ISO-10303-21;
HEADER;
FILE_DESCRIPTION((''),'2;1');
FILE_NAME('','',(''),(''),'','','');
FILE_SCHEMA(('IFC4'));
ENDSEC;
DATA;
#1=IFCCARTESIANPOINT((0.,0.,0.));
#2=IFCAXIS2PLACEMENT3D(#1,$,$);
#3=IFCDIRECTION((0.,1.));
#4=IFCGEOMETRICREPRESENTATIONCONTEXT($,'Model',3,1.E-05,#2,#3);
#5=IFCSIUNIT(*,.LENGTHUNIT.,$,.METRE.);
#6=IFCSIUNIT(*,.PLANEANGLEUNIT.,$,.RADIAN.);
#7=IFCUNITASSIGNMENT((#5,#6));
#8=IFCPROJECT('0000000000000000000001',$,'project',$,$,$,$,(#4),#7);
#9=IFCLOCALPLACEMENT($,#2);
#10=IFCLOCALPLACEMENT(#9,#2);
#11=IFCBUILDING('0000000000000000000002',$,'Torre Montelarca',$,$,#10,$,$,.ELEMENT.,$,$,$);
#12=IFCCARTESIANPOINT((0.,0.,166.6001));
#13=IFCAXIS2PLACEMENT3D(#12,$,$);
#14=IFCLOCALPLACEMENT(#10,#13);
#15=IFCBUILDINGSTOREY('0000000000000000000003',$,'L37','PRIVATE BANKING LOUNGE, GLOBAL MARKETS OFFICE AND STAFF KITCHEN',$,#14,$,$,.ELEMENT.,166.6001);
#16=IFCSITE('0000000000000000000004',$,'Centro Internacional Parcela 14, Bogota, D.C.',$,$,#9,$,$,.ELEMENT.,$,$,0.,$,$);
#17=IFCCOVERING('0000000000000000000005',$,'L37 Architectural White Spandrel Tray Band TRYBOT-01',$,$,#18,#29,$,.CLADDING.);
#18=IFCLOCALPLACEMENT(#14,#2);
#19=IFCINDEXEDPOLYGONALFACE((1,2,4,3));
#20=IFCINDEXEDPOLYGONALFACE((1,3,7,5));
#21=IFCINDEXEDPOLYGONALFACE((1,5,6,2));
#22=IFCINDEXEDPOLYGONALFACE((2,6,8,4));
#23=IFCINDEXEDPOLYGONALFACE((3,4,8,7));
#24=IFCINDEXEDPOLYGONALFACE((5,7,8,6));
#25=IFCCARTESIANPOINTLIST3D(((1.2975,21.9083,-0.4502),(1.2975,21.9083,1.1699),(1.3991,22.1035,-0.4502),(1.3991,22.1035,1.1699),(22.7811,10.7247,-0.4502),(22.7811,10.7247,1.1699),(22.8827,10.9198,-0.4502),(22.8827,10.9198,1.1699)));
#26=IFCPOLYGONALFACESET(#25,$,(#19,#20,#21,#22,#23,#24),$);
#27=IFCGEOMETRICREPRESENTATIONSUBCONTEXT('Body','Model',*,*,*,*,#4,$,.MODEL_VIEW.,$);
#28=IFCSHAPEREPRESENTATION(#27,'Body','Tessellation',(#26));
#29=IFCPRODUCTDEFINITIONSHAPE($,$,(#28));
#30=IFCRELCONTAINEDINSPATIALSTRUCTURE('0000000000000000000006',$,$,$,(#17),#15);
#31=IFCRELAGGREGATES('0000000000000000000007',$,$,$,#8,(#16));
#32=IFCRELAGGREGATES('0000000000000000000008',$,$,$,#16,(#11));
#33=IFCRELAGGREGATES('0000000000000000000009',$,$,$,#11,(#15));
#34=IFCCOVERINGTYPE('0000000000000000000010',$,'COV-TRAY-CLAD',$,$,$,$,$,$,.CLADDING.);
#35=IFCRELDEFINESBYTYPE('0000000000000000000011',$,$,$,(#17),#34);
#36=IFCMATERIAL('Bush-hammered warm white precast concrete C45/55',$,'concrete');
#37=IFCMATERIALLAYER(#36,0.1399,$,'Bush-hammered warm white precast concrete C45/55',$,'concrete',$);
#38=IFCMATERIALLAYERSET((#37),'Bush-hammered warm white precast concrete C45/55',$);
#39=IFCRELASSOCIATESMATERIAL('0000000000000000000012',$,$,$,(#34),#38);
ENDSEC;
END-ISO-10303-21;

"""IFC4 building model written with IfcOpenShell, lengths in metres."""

from ifc_helpers import new_model, si_unit, direction, frame, origin, origin_2d, place, context, subcontext, project, spatial, rectangle, extrude, source, transform, mapped, material, layer, layer_set, type_object, element, save


model = new_model("IFC4")

# Units and contexts
model_context = context("Model", 3, precision=1e-05, world=origin(), true_north=direction((0.0, 1.0)))
body_context = subcontext(model_context, "Body", "Model", "MODEL_VIEW")
ifc_project = project(units=[si_unit("LENGTHUNIT", "METRE"), si_unit("PLANEANGLEUNIT", "RADIAN")], contexts=[model_context])

# Site, building, storey
site_placement = place(None, origin())
site = spatial("IfcSite", under=ifc_project, at=site_placement, Name="Centro Internacional Parcela 14, Bogota, D.C.", CompositionType="ELEMENT", RefElevation=0.0)
building_placement = place(site_placement, origin())
building = spatial("IfcBuilding", under=site, at=building_placement, Name="Torre Montelarca", CompositionType="ELEMENT")
storey_placement = place(building_placement, frame((0.0, 0.0, 166.6001)))
storey = spatial("IfcBuildingStorey", under=building, at=storey_placement, Name="L37", Description="PRIVATE BANKING LOUNGE, GLOBAL MARKETS OFFICE AND STAFF KITCHEN", CompositionType="ELEMENT", Elevation=166.6001)

# Covering
ifc_material_1 = material(Name="Bush-hammered warm white precast concrete C45/55", Category="concrete")
ifc_layer_1 = layer(ifc_material_1, 0.1399, Name="Bush-hammered warm white precast concrete C45/55", Category="concrete")
ifc_layer_set_1 = layer_set([ifc_layer_1], Name="Bush-hammered warm white precast concrete C45/55")
covering_type = type_object("IfcCoveringType", Name="COV-TRAY-CLAD", PredefinedType="CLADDING", material=ifc_layer_set_1)
shared_shape_1 = source(origin(), body_context, "Body", "SweptSolid", [
    extrude(rectangle(XDim=24.2202, YDim=0.22, at=origin_2d()), origin(), (0.0, 0.0, 1.0), 1.6201),
])
covering_1_placement = place(storey_placement, frame((12.0901, 16.4141, -0.4502), z_axis=(0.0, 0.0, 1.0), x_axis=(0.88701, -0.46175, 0.0)))
element("IfcCovering", 1, at=covering_1_placement, inside=storey, type_object=covering_type, Name="L37 Architectural White Spandrel Tray Band TRYBOT-01", PredefinedType="CLADDING", context=body_context, shape_type="MappedRepresentation", body=[
    mapped(shared_shape_1, transform((0.0, 0.0, 0.0), scale=1.0)),
])

save(model, "model.ifc")
